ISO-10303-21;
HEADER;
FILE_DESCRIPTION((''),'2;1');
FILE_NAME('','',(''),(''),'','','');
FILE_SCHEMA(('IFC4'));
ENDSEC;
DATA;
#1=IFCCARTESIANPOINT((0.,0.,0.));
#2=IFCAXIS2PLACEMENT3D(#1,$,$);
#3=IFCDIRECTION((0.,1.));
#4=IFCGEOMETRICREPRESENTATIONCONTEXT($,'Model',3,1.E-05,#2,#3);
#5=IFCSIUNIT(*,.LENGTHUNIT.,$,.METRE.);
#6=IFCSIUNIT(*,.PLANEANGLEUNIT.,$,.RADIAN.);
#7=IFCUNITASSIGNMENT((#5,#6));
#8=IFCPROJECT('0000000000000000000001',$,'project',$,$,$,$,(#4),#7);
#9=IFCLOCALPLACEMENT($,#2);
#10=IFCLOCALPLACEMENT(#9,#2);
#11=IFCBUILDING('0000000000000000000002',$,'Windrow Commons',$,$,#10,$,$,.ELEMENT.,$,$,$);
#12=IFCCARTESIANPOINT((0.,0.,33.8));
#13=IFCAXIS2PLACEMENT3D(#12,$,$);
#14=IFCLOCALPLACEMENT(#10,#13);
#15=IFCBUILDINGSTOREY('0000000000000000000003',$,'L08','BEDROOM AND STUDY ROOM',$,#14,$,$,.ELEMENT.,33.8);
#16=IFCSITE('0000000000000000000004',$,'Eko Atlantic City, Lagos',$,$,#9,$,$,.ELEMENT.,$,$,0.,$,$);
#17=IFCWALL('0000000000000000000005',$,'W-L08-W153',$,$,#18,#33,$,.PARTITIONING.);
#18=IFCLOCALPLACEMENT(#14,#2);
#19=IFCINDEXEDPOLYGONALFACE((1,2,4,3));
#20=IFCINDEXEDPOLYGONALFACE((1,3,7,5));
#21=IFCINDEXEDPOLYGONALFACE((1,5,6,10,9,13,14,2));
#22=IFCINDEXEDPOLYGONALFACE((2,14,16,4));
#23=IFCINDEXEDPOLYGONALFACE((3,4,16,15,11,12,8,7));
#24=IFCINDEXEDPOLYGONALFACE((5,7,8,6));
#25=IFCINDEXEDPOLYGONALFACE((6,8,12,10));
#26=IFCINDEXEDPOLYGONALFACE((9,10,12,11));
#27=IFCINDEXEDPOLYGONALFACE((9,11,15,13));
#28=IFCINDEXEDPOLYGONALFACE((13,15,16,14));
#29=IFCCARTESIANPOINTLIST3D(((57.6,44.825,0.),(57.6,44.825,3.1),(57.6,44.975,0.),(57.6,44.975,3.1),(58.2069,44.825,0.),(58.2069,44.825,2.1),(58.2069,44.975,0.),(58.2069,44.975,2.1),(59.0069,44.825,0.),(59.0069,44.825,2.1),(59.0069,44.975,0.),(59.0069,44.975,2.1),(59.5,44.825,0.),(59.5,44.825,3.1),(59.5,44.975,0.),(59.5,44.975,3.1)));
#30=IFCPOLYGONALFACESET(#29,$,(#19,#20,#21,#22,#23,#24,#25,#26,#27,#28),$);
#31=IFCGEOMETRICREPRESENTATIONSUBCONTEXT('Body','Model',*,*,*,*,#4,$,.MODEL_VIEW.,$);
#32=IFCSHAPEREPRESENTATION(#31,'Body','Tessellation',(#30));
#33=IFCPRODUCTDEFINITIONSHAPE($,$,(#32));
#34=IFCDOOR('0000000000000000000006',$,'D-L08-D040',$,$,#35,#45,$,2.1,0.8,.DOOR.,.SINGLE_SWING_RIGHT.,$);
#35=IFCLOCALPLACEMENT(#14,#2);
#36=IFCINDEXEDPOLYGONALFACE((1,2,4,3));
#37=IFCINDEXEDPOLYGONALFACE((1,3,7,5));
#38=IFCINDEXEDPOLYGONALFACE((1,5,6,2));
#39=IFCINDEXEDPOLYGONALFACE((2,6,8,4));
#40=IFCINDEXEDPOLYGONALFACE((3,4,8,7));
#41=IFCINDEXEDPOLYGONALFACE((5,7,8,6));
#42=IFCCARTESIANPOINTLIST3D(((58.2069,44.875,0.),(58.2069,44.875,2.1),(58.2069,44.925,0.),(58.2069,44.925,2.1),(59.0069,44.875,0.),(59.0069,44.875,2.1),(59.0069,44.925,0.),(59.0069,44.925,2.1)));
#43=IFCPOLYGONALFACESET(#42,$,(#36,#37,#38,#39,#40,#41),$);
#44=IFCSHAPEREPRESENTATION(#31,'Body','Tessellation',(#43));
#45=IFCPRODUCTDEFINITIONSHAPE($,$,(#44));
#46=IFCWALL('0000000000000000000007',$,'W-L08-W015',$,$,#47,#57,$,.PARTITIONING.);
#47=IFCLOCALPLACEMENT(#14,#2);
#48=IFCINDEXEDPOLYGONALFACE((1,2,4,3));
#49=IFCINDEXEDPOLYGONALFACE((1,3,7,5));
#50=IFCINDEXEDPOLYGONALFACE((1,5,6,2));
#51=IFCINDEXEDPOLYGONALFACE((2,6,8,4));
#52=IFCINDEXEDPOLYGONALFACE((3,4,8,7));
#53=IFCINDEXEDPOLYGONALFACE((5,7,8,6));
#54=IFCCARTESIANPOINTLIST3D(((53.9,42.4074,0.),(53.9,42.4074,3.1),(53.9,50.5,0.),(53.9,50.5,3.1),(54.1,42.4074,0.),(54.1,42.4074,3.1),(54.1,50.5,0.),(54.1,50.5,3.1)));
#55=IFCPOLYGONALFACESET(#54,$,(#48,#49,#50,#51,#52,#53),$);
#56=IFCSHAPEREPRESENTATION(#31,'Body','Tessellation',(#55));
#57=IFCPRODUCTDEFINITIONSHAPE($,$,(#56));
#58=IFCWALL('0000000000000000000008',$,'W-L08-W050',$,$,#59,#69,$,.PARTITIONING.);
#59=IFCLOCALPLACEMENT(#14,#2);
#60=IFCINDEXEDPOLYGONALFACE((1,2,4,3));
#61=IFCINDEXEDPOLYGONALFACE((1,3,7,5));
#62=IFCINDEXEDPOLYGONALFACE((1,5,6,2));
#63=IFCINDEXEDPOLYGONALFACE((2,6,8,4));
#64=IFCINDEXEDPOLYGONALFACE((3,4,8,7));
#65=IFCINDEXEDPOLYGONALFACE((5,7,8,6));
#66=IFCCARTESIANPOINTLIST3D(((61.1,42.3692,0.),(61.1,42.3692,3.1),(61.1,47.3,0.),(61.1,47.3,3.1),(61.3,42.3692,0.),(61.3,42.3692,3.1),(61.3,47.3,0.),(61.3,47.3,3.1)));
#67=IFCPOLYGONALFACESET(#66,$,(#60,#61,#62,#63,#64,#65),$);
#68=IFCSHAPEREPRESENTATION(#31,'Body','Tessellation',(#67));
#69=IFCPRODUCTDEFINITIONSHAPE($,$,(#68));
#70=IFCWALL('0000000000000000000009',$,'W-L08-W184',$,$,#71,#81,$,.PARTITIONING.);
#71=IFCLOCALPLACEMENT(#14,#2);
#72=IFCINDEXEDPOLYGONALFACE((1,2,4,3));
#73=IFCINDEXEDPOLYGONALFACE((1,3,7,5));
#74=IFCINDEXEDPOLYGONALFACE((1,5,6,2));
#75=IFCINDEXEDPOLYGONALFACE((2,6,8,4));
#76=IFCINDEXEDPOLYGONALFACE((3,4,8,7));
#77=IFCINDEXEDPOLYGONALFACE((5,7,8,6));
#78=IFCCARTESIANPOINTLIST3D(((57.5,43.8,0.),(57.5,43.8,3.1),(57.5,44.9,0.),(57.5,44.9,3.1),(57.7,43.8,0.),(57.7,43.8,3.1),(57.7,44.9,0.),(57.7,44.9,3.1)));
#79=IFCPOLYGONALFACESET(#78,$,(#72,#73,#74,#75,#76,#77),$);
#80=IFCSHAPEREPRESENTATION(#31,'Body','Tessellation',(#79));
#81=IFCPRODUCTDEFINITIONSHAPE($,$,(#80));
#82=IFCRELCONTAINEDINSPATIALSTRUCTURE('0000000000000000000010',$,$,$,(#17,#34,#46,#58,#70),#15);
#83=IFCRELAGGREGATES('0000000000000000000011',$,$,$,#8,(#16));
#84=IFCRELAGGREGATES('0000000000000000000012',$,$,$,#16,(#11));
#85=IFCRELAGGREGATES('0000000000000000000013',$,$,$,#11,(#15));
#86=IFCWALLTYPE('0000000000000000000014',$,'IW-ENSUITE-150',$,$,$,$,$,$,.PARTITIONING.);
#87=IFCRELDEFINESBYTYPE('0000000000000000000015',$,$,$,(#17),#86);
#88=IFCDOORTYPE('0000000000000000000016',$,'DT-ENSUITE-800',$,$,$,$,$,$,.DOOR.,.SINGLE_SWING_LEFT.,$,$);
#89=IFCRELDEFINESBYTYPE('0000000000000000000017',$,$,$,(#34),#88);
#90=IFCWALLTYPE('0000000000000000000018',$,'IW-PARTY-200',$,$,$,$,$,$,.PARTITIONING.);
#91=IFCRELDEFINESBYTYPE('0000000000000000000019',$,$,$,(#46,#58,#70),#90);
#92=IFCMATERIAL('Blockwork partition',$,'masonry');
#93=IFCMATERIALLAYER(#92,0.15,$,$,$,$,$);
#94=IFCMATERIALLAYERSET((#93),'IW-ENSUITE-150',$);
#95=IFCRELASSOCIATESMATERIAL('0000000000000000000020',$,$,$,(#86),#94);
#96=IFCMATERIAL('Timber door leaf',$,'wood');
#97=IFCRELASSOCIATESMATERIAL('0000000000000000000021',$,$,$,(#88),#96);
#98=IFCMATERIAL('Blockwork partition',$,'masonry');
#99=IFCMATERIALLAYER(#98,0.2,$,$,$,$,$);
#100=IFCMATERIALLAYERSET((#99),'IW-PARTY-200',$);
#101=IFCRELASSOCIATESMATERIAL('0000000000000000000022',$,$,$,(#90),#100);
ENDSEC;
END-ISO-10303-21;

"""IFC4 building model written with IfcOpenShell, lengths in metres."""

from ifc_helpers import new_model, si_unit, direction, frame, frame_2d, origin, place, context, subcontext, project, spatial, rectangle, extrude, material, layer, layer_set, type_object, element, fill, save


model = new_model("IFC4")

# Units and contexts
model_context = context("Model", 3, precision=1e-05, world=origin(), true_north=direction((0.0, 1.0)))
body_context = subcontext(model_context, "Body", "Model", "MODEL_VIEW")
ifc_project = project(units=[si_unit("LENGTHUNIT", "METRE"), si_unit("PLANEANGLEUNIT", "RADIAN")], contexts=[model_context])

# Site, building, storey
site_placement = place(None, origin())
site = spatial("IfcSite", under=ifc_project, at=site_placement, Name="Eko Atlantic City, Lagos", CompositionType="ELEMENT", RefElevation=0.0)
building_placement = place(site_placement, origin())
building = spatial("IfcBuilding", under=site, at=building_placement, Name="Windrow Commons", CompositionType="ELEMENT")
storey_placement = place(building_placement, frame((0.0, 0.0, 33.8)))
storey = spatial("IfcBuildingStorey", under=building, at=storey_placement, Name="L08", Description="BEDROOM AND STUDY ROOM", CompositionType="ELEMENT", Elevation=33.8)

# Shared definitions
ifc_material_1 = material(Name="Blockwork partition", Category="masonry")
ifc_layer_1 = layer(ifc_material_1, 0.15)
ifc_layer_set_1 = layer_set([ifc_layer_1], Name="IW-ENSUITE-150")
wall_type_1 = type_object("IfcWallType", Name="IW-ENSUITE-150", PredefinedType="PARTITIONING", material=ifc_layer_set_1)

# Wall, opening, door
wall_1_placement = place(storey_placement, frame((57.6, 44.9, 0.0), z_axis=(0.0, 0.0, 1.0), x_axis=(1.0, 0.0, 0.0)))
wall_1 = element("IfcWall", 1, at=wall_1_placement, inside=storey, type_object=wall_type_1, Name="W-L08-W153", PredefinedType="PARTITIONING", context=body_context, shape_type="SweptSolid", body=[
    extrude(rectangle(XDim=1.9, YDim=0.15, at=frame_2d((0.95, 0.0))), origin(), (0.0, 0.0, 1.0), 3.1),
])
opening_1_placement = place(wall_1_placement, frame((0.6069, 0.0, 0.0)))
opening_1 = element("IfcOpeningElement", 2, at=opening_1_placement, cuts=wall_1, PredefinedType="OPENING", context=body_context, shape_type="SweptSolid", body=[
    extrude(rectangle(XDim=0.8, YDim=2.1, at=frame_2d((0.4, 1.05))), frame((0.0, 0.085, 0.0), z_axis=(0.0, -1.0, 0.0), x_axis=(1.0, 0.0, 0.0)), (0.0, 0.0, 1.0), 0.17),
])
ifc_material_2 = material(Name="Timber door leaf", Category="wood")
door_type_1 = type_object("IfcDoorType", Name="DT-ENSUITE-800", OperationType="SINGLE_SWING_LEFT", PredefinedType="DOOR", material=ifc_material_2)
door_1_placement = place(opening_1_placement, origin())
door_1 = element("IfcDoor", 3, at=door_1_placement, inside=storey, type_object=door_type_1, Name="D-L08-D040", OperationType="SINGLE_SWING_RIGHT", OverallHeight=2.1, OverallWidth=0.8, PredefinedType="DOOR", context=body_context, shape_type="SweptSolid", body=[
    extrude(rectangle(XDim=0.8, YDim=2.1, at=frame_2d((0.4, 1.05))), frame((0.0, 0.025, 0.0), z_axis=(0.0, -1.0, 0.0), x_axis=(1.0, 0.0, 0.0)), (0.0, 0.0, 1.0), 0.05),
])
fill(opening_1, door_1)

# Walls
ifc_material_3 = material(Name="Blockwork partition", Category="masonry")
ifc_layer_2 = layer(ifc_material_3, 0.2)
ifc_layer_set_2 = layer_set([ifc_layer_2], Name="IW-PARTY-200")
wall_type_2 = type_object("IfcWallType", Name="IW-PARTY-200", PredefinedType="PARTITIONING", material=ifc_layer_set_2)
wall_2_placement = place(storey_placement, frame((54.0, 42.4073, 0.0), z_axis=(0.0, 0.0, 1.0), x_axis=(0.0, 1.0, 0.0)))
element("IfcWall", 4, at=wall_2_placement, inside=storey, type_object=wall_type_2, Name="W-L08-W015", PredefinedType="PARTITIONING", context=body_context, shape_type="SweptSolid", body=[
    extrude(rectangle(XDim=8.0927, YDim=0.2, at=frame_2d((4.0464, 0.0))), origin(), (0.0, 0.0, 1.0), 3.1),
])
wall_3_placement = place(storey_placement, frame((61.2, 42.3693, 0.0), z_axis=(0.0, 0.0, 1.0), x_axis=(0.0, 1.0, 0.0)))
element("IfcWall", 5, at=wall_3_placement, inside=storey, type_object=wall_type_2, Name="W-L08-W050", PredefinedType="PARTITIONING", context=body_context, shape_type="SweptSolid", body=[
    extrude(rectangle(XDim=4.9307, YDim=0.2, at=frame_2d((2.4653, 0.0))), origin(), (0.0, 0.0, 1.0), 3.1),
])
wall_4_placement = place(storey_placement, frame((57.6, 43.8, 0.0), z_axis=(0.0, 0.0, 1.0), x_axis=(0.0, 1.0, 0.0)))
element("IfcWall", 6, at=wall_4_placement, inside=storey, type_object=wall_type_2, Name="W-L08-W184", PredefinedType="PARTITIONING", context=body_context, shape_type="SweptSolid", body=[
    extrude(rectangle(XDim=1.1, YDim=0.2, at=frame_2d((0.55, 0.0))), origin(), (0.0, 0.0, 1.0), 3.1),
])

save(model, "model.ifc")
